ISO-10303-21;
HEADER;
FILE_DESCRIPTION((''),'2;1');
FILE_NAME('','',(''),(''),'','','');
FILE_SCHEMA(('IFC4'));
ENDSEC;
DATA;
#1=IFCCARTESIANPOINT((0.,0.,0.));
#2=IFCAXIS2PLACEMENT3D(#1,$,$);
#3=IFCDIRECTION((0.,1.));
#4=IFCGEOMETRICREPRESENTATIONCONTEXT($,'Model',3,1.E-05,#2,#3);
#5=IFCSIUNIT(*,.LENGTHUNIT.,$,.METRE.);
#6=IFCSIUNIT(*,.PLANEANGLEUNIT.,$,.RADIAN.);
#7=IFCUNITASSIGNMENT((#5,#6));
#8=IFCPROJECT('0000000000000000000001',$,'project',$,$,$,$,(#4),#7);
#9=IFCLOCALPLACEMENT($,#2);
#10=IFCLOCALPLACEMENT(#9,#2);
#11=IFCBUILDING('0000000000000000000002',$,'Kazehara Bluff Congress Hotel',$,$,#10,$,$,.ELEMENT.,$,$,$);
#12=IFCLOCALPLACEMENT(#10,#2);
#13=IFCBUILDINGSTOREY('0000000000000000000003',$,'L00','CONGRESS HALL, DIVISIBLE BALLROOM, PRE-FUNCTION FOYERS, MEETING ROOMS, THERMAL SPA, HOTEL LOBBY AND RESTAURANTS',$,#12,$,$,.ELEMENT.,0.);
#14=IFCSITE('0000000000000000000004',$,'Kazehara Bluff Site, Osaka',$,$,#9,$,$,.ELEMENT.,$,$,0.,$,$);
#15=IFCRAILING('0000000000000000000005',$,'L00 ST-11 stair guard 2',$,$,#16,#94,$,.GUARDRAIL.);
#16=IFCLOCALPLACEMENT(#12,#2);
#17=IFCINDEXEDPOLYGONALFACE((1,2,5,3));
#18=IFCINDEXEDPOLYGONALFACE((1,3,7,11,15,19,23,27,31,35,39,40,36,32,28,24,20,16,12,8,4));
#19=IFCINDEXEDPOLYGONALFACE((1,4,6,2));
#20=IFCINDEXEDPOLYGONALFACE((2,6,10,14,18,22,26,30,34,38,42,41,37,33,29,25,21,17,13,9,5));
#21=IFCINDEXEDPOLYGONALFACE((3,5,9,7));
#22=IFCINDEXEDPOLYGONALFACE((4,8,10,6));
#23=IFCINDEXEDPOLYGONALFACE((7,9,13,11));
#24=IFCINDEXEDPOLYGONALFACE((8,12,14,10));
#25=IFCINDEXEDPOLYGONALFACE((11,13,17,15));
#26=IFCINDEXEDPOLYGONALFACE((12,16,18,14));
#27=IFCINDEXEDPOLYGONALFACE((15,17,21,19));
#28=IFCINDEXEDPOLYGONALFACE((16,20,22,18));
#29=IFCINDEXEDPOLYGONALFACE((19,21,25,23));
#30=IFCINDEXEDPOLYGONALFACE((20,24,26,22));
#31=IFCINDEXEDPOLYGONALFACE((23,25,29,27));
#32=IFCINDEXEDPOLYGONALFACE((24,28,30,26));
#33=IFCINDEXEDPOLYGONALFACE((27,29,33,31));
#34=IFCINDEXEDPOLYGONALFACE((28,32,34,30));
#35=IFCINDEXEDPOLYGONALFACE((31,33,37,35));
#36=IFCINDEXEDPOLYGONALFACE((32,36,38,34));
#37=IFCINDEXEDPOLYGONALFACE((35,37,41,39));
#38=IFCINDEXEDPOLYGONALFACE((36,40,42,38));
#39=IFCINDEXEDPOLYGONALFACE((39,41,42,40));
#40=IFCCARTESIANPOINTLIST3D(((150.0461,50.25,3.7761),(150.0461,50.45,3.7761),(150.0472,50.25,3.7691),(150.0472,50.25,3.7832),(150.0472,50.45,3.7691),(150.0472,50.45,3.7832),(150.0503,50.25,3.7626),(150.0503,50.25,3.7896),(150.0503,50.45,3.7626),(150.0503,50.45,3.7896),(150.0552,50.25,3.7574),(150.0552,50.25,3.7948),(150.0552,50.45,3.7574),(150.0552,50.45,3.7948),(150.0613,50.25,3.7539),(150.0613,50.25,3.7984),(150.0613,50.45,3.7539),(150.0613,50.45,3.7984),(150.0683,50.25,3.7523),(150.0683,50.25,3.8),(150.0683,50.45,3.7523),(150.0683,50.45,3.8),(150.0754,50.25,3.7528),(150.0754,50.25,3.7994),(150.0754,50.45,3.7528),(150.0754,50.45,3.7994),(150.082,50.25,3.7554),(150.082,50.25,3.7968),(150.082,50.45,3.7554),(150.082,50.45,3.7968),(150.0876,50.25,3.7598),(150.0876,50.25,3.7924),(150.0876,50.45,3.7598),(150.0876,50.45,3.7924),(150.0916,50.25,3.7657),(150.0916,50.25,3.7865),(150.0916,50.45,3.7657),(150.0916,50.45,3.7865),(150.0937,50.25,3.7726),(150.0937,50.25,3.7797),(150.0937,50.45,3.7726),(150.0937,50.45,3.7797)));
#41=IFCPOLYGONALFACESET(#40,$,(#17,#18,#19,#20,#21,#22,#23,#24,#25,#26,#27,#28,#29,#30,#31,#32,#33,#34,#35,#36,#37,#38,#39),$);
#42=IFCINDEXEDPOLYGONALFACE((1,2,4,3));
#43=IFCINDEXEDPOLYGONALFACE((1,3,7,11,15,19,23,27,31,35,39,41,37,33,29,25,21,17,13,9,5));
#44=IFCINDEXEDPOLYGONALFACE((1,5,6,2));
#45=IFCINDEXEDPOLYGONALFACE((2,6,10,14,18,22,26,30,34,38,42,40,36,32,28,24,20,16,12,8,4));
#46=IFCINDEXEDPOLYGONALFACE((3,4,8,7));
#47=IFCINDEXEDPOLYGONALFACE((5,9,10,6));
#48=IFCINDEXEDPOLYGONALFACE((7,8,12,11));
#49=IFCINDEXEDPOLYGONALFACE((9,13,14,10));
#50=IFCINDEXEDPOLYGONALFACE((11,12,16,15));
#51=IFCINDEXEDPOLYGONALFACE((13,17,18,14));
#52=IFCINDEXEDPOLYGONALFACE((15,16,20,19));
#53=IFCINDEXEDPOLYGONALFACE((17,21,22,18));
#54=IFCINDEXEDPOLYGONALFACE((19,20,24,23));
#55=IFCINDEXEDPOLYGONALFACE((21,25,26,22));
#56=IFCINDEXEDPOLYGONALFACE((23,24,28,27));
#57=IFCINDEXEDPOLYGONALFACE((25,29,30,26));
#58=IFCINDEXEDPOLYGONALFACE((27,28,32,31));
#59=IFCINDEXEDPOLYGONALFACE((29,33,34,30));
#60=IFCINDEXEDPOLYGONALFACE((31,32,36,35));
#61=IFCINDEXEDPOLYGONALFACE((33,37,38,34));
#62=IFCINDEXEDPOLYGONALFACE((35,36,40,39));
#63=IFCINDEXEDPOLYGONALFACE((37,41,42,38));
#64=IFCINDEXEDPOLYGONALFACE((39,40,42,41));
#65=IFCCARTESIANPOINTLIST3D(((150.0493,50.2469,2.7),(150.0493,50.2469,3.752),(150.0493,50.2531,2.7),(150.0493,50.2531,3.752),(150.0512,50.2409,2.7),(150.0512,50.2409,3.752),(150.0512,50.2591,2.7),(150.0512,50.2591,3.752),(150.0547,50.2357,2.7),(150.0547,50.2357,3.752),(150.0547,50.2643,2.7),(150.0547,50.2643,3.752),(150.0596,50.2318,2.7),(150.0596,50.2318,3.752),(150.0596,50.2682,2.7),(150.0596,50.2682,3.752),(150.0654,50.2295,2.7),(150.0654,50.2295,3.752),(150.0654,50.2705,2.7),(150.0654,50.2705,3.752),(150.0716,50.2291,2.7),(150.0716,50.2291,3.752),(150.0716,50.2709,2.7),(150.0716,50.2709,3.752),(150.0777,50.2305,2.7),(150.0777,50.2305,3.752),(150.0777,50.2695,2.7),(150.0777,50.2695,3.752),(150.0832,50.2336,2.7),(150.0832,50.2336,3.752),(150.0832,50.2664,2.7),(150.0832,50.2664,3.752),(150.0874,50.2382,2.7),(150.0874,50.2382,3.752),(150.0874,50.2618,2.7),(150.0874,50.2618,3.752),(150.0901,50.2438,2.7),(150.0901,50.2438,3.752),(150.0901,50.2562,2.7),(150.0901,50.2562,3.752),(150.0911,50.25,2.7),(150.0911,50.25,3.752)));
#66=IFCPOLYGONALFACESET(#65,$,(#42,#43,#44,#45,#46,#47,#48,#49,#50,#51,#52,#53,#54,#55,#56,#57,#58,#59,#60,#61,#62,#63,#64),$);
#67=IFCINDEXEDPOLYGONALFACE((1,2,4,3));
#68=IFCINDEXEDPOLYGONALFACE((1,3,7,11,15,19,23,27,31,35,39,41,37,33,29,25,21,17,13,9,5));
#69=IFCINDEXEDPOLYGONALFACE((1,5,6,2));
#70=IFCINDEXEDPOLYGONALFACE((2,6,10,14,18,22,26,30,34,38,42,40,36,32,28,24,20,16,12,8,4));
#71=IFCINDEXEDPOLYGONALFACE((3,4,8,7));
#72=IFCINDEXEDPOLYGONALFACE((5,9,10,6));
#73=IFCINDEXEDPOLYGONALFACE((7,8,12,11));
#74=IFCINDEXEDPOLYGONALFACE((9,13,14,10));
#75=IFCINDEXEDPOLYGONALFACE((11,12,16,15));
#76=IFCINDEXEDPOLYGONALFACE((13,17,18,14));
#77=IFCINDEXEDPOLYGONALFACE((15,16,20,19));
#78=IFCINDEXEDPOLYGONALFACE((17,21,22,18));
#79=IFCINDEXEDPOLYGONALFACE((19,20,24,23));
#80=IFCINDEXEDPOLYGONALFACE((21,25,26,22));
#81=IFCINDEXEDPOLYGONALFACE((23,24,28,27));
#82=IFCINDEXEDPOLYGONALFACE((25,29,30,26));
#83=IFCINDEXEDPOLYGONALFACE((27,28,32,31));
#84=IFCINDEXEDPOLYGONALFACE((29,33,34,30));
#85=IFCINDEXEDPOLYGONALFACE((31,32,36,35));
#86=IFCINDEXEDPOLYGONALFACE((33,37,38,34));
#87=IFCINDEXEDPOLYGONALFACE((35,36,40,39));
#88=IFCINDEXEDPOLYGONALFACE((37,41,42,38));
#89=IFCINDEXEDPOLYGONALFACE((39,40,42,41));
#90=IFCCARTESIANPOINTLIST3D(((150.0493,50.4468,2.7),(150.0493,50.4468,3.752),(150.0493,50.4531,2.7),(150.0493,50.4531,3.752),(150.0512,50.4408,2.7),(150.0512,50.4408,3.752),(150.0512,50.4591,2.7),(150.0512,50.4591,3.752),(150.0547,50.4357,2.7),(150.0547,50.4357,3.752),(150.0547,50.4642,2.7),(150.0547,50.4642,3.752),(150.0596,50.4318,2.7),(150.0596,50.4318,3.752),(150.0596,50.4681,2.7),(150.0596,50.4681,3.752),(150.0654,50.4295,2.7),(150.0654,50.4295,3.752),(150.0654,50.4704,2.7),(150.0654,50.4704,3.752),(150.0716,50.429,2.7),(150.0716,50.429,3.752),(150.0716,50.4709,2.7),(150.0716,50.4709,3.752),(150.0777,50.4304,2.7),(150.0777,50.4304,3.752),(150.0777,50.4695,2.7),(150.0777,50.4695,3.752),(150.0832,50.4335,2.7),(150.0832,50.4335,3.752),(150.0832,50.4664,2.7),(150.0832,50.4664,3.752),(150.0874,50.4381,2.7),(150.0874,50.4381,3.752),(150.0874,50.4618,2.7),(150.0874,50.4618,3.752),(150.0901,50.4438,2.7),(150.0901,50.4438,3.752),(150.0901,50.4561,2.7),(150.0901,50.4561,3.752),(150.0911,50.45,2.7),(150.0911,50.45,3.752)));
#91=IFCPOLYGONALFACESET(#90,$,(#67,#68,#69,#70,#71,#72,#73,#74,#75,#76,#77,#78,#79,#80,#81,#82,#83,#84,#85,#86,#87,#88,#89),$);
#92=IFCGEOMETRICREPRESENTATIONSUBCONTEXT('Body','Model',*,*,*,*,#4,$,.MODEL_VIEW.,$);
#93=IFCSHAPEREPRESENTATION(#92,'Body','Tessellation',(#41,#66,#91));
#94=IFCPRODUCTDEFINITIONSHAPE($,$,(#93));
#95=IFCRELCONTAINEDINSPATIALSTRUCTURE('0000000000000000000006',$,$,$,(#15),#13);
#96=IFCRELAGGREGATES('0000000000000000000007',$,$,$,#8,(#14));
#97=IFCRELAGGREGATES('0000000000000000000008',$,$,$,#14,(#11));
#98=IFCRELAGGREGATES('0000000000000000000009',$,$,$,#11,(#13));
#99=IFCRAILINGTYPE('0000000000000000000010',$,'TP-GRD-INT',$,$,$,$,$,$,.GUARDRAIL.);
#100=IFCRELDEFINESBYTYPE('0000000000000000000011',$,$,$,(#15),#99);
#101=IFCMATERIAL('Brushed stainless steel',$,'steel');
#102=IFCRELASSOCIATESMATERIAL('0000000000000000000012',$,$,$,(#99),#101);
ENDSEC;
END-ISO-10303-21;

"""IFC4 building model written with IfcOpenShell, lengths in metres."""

from ifc_helpers import new_model, si_unit, direction, frame, origin, origin_2d, place, context, subcontext, project, spatial, circle, extrude, material, type_object, element, save


model = new_model("IFC4")

# Units and contexts
model_context = context("Model", 3, precision=1e-05, world=origin(), true_north=direction((0.0, 1.0)))
body_context = subcontext(model_context, "Body", "Model", "MODEL_VIEW")
ifc_project = project(units=[si_unit("LENGTHUNIT", "METRE"), si_unit("PLANEANGLEUNIT", "RADIAN")], contexts=[model_context])

# Site, building, storey
site_placement = place(None, origin())
site = spatial("IfcSite", under=ifc_project, at=site_placement, Name="Kazehara Bluff Site, Osaka", CompositionType="ELEMENT", RefElevation=0.0)
building_placement = place(site_placement, origin())
building = spatial("IfcBuilding", under=site, at=building_placement, Name="Kazehara Bluff Congress Hotel", CompositionType="ELEMENT")
storey_placement = place(building_placement, origin())
storey = spatial("IfcBuildingStorey", under=building, at=storey_placement, Name="L00", Description="CONGRESS HALL, DIVISIBLE BALLROOM, PRE-FUNCTION FOYERS, MEETING ROOMS, THERMAL SPA, HOTEL LOBBY AND RESTAURANTS", CompositionType="ELEMENT", Elevation=0.0)

# Railing
ifc_material_1 = material(Name="Brushed stainless steel", Category="steel")
railing_type_1 = type_object("IfcRailingType", Name="TP-GRD-INT", PredefinedType="GUARDRAIL", material=ifc_material_1)
railing_1_placement = place(storey_placement, frame((150.0701, 50.25, 2.7)))
element("IfcRailing", 1, at=railing_1_placement, inside=storey, type_object=railing_type_1, Name="L00 ST-11 stair guard 2", PredefinedType="GUARDRAIL", context=body_context, shape_type="SweptSolid", body=[
    extrude(circle(Radius=0.0239, at=origin_2d()), frame((0.0, 0.0, 1.0762), z_axis=(0.0, 1.0, 0.0), x_axis=(-1.0, 0.0, 0.0)), (0.0, 0.0, 1.0), 0.2),
    extrude(circle(Radius=0.021, at=origin_2d()), origin(), (0.0, 0.0, 1.0), 1.052),
    extrude(circle(Radius=0.021, at=origin_2d()), frame((0.0, 0.2, 0.0)), (0.0, 0.0, 1.0), 1.052),
])

save(model, "model.ifc")
